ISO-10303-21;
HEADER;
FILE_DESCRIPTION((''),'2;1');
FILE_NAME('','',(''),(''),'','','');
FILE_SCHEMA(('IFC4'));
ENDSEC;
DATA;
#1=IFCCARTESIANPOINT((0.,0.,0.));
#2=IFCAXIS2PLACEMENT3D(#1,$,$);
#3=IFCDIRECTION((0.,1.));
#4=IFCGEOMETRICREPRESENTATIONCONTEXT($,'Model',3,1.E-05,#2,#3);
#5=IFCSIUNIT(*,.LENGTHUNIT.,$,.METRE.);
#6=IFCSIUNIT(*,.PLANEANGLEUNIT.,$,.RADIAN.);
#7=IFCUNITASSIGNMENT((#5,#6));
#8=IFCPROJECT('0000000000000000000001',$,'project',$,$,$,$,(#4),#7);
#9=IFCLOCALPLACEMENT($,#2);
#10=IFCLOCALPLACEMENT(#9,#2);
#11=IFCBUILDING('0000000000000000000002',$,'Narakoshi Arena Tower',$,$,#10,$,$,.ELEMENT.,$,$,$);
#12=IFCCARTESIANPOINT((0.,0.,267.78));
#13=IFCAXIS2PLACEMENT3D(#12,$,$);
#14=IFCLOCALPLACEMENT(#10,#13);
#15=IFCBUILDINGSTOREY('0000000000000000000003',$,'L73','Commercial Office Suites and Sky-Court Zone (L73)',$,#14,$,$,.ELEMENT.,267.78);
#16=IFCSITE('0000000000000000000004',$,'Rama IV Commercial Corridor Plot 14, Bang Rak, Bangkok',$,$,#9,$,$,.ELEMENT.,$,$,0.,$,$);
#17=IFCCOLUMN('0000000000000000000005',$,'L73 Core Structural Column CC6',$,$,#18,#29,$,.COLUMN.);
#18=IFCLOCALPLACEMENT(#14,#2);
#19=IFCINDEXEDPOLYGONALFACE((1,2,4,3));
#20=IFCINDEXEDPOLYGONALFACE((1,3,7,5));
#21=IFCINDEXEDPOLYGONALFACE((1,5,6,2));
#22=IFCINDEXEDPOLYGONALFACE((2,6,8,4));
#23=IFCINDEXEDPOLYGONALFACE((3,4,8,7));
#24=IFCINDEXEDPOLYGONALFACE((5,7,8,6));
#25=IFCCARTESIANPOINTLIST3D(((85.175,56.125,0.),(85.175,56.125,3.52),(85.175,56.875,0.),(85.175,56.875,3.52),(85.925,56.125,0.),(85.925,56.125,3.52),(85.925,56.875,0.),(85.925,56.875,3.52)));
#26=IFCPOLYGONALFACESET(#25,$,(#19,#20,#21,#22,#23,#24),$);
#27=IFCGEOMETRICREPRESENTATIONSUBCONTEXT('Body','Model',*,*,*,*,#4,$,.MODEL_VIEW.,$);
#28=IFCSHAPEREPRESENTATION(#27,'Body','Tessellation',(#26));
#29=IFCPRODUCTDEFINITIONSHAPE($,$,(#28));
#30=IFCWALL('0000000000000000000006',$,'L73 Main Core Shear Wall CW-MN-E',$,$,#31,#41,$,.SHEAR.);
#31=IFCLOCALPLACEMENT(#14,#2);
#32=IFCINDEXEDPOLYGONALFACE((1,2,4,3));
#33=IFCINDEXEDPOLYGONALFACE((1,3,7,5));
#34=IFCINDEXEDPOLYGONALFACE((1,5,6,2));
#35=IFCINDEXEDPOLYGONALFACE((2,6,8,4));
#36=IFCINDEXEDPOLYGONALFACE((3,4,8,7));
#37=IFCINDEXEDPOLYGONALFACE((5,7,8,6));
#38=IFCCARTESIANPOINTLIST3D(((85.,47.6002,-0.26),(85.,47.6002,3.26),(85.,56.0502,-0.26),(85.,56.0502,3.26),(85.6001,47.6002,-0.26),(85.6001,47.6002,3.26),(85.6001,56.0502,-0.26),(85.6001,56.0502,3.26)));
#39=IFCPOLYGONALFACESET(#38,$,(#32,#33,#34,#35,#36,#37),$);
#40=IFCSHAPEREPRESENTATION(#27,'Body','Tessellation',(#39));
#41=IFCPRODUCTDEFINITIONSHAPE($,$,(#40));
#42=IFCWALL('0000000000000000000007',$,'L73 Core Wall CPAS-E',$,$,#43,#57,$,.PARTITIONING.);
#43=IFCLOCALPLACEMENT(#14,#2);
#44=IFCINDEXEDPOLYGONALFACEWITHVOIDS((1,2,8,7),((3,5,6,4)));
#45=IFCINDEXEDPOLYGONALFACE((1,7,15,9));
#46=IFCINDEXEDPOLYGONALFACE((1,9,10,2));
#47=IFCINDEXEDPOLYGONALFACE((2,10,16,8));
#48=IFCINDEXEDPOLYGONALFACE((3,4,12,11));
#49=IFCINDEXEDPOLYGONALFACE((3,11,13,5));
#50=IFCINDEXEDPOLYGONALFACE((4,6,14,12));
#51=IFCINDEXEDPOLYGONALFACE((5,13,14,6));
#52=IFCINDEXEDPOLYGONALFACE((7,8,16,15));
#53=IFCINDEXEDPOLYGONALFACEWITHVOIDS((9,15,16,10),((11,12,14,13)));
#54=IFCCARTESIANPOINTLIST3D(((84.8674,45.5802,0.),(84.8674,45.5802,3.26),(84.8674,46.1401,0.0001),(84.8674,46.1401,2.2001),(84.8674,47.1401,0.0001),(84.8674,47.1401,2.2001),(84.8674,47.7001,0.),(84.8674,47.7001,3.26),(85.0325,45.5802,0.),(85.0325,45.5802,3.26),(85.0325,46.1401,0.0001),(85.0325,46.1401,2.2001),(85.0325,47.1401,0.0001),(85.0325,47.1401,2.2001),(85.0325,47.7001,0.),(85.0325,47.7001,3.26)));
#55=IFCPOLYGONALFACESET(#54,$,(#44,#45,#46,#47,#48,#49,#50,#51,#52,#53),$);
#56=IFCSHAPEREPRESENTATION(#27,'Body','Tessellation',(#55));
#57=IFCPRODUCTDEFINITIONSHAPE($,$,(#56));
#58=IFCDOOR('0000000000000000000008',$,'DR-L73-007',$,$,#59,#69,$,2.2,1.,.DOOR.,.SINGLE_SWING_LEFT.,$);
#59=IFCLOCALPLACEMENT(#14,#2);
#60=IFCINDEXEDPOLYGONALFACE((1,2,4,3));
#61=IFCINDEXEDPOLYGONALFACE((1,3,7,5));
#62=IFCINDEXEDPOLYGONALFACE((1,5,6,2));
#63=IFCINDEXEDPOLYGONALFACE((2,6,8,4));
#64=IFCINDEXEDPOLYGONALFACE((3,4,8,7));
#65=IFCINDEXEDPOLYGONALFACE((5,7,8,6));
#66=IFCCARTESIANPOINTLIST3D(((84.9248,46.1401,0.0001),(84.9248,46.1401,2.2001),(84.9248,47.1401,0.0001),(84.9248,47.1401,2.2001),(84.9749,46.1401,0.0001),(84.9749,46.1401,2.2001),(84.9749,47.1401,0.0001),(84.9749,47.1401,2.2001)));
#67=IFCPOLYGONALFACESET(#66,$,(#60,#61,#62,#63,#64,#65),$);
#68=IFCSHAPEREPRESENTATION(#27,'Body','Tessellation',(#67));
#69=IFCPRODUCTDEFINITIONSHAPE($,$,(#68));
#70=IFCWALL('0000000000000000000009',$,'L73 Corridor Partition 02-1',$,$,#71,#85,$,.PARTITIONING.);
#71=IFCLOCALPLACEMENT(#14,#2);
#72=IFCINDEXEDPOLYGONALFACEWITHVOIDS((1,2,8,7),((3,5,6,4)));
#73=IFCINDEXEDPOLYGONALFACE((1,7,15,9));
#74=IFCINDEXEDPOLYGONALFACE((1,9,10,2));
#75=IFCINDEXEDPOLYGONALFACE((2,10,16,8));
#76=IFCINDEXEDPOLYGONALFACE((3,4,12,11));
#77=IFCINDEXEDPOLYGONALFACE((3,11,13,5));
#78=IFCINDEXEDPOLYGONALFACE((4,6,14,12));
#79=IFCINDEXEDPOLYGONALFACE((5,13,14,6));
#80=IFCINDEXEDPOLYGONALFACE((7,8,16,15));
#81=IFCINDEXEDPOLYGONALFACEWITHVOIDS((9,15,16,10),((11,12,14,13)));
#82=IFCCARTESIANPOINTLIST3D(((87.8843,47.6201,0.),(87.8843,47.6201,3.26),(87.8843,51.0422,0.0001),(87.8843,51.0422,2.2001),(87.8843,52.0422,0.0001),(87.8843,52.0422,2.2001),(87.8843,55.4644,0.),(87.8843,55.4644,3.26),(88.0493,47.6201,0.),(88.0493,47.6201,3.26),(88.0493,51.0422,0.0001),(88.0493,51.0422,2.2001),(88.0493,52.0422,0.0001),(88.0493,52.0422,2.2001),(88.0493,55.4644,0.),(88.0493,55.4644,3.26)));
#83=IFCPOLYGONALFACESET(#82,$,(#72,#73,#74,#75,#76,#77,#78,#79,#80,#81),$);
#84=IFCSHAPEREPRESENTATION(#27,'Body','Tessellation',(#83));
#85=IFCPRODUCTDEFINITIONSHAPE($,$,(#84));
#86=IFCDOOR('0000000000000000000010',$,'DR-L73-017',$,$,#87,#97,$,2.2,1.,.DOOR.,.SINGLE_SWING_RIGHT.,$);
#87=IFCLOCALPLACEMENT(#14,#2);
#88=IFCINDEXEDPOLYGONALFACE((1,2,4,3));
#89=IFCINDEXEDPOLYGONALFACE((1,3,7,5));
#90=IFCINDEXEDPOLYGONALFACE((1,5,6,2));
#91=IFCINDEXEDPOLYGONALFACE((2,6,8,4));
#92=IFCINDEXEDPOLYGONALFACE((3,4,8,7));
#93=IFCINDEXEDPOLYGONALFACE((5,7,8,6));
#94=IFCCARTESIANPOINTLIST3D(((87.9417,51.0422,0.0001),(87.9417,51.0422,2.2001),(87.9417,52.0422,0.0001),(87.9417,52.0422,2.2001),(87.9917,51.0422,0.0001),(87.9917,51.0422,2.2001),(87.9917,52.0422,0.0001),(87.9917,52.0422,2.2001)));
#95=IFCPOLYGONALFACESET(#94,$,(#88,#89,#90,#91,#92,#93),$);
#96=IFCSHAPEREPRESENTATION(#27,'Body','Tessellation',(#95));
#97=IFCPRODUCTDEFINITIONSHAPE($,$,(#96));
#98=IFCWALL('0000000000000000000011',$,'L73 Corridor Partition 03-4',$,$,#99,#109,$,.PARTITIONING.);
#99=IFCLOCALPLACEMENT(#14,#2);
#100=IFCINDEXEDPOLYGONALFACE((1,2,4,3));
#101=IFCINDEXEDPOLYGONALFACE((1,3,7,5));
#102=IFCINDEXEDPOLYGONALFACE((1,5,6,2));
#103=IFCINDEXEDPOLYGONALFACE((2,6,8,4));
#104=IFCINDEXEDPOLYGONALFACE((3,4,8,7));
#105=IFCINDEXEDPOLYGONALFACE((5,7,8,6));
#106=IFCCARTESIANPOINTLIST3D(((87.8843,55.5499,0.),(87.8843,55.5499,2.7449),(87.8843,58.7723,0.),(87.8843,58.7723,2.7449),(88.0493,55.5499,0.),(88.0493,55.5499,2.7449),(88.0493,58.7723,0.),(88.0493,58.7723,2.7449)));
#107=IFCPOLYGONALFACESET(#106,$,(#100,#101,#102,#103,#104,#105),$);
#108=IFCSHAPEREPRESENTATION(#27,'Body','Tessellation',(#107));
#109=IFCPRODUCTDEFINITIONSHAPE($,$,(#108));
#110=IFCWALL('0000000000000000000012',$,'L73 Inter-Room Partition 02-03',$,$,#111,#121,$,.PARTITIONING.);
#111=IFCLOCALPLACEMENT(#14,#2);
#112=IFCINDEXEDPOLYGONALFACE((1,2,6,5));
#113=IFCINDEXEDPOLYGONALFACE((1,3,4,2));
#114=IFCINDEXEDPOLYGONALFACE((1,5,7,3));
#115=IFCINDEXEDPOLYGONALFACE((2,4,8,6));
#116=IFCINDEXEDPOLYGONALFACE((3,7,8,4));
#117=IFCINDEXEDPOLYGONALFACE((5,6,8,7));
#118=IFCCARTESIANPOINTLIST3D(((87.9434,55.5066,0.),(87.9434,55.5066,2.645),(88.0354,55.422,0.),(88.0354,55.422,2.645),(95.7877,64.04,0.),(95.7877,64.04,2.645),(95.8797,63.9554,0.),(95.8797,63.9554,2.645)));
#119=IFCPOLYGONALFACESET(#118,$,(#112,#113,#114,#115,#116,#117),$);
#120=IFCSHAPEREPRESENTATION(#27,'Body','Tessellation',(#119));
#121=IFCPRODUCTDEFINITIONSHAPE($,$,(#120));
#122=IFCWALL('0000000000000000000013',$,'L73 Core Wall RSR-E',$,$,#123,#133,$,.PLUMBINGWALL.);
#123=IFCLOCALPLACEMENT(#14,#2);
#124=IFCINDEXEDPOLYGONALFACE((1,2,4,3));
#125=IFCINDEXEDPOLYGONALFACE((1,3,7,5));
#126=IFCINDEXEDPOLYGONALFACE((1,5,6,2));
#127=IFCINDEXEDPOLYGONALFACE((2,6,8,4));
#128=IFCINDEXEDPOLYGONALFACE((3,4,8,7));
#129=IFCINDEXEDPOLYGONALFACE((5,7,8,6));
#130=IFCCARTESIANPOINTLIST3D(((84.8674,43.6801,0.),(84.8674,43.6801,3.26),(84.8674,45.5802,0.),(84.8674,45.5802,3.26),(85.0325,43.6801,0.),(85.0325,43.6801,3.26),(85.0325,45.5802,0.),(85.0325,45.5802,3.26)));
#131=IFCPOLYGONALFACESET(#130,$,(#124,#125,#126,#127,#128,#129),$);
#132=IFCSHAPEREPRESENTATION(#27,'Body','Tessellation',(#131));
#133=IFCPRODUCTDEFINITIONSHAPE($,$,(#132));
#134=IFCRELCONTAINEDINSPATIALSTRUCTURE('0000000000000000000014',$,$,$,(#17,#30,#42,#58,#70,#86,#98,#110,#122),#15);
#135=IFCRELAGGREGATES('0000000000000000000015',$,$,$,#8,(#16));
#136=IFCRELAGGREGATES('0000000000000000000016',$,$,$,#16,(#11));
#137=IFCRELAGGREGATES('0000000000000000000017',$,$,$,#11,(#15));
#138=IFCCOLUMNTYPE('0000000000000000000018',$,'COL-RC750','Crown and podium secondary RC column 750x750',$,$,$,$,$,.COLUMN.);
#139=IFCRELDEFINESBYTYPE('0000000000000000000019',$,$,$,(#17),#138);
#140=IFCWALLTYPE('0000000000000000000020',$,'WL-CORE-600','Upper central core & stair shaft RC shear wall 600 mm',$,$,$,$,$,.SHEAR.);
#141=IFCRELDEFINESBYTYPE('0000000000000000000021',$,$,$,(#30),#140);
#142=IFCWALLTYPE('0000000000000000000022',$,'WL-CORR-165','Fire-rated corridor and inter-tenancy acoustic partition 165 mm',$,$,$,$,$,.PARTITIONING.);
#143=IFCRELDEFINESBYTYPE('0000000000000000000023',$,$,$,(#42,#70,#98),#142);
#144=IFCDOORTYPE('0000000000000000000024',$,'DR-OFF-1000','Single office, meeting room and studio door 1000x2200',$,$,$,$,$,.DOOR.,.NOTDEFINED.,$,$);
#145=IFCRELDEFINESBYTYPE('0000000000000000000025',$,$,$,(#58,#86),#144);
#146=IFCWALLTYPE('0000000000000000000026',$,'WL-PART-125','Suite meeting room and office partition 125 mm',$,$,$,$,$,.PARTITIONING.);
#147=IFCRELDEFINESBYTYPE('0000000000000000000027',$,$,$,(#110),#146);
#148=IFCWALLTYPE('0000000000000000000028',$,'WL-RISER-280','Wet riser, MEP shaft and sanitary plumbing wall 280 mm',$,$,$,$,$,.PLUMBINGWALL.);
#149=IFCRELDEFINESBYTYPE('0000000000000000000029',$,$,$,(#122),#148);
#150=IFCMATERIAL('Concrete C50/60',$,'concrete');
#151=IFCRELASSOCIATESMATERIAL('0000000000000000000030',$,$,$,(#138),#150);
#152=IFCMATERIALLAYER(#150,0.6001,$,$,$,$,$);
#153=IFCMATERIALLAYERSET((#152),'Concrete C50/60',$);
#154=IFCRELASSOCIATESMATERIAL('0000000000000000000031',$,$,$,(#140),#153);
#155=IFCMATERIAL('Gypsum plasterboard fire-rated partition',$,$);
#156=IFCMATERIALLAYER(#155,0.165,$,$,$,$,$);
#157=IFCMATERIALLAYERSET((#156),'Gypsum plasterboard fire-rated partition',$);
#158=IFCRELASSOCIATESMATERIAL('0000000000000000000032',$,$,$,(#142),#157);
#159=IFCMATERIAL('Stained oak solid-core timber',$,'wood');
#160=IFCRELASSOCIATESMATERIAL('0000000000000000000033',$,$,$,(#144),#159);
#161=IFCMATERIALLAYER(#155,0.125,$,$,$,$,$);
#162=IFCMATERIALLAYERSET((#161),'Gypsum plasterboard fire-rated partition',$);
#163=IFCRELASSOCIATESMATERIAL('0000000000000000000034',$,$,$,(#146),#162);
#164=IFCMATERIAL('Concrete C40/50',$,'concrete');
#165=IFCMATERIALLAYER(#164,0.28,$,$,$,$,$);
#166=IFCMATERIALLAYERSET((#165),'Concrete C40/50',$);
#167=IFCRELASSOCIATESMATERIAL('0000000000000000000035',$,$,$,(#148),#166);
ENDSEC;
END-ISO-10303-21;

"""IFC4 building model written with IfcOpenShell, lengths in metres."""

from ifc_helpers import new_model, si_unit, direction, frame, frame_2d, origin, origin_2d, place, context, subcontext, project, spatial, rectangle, extrude, material, layer, layer_set, material_profile, profile_set, type_object, element, fill, save


model = new_model("IFC4")

# Units and contexts
model_context = context("Model", 3, precision=1e-05, world=origin(), true_north=direction((0.0, 1.0)))
body_context = subcontext(model_context, "Body", "Model", "MODEL_VIEW")
ifc_project = project(units=[si_unit("LENGTHUNIT", "METRE"), si_unit("PLANEANGLEUNIT", "RADIAN")], contexts=[model_context])

# Site, building, storey
site_placement = place(None, origin())
site = spatial("IfcSite", under=ifc_project, at=site_placement, Name="Rama IV Commercial Corridor Plot 14, Bang Rak, Bangkok", CompositionType="ELEMENT", RefElevation=0.0)
building_placement = place(site_placement, origin())
building = spatial("IfcBuilding", under=site, at=building_placement, Name="Narakoshi Arena Tower", CompositionType="ELEMENT")
storey_placement = place(building_placement, frame((0.0, 0.0, 267.78)))
storey = spatial("IfcBuildingStorey", under=building, at=storey_placement, Name="L73", Description="Commercial Office Suites and Sky-Court Zone (L73)", CompositionType="ELEMENT", Elevation=267.78)

# Column
ifc_material_1 = material(Name="Concrete C50/60", Category="concrete")
ifc_material_profile = material_profile(ifc_material_1, rectangle(XDim=0.75, YDim=0.75, at=origin_2d()), Name="RC750x750")
ifc_profile_set = profile_set([ifc_material_profile], Name="Concrete C50/60")
column_type = type_object("IfcColumnType", Name="COL-RC750", Description="Crown and podium secondary RC column 750x750", PredefinedType="COLUMN", material=ifc_profile_set)
column_placement = place(storey_placement, frame((85.55, 56.5, 0.0), z_axis=(0.0, 0.0, 1.0), x_axis=(1.0, 0.0, 0.0)))
element("IfcColumn", 1, at=column_placement, inside=storey, type_object=column_type, Name="L73 Core Structural Column CC6", PredefinedType="COLUMN", context=body_context, shape_type="SweptSolid", body=[
    extrude(rectangle(XDim=0.75, YDim=0.75, at=origin_2d()), origin(), (0.0, 0.0, 1.0), 3.52),
])

# Wall
ifc_layer_1 = layer(ifc_material_1, 0.6001)
ifc_layer_set_1 = layer_set([ifc_layer_1], Name="Concrete C50/60")
wall_type_1 = type_object("IfcWallType", Name="WL-CORE-600", Description="Upper central core & stair shaft RC shear wall 600 mm", PredefinedType="SHEAR", material=ifc_layer_set_1)
wall_1_placement = place(storey_placement, frame((85.3, 47.6001, -0.26), z_axis=(0.0, 0.0, 1.0), x_axis=(0.0, 1.0, 0.0)))
element("IfcWall", 2, at=wall_1_placement, inside=storey, type_object=wall_type_1, Name="L73 Main Core Shear Wall CW-MN-E", PredefinedType="SHEAR", context=body_context, shape_type="SweptSolid", body=[
    extrude(rectangle(XDim=8.45, YDim=0.6001, at=frame_2d((4.2251, 0.0))), origin(), (0.0, 0.0, 1.0), 3.52),
])

# Walls, openings, doors
ifc_material_2 = material(Name="Gypsum plasterboard fire-rated partition")
ifc_layer_2 = layer(ifc_material_2, 0.165)
ifc_layer_set_2 = layer_set([ifc_layer_2], Name="Gypsum plasterboard fire-rated partition")
wall_type_2 = type_object("IfcWallType", Name="WL-CORR-165", Description="Fire-rated corridor and inter-tenancy acoustic partition 165 mm", PredefinedType="PARTITIONING", material=ifc_layer_set_2)
wall_2_placement = place(storey_placement, frame((84.95, 45.5801, 0.0), z_axis=(0.0, 0.0, 1.0), x_axis=(0.0, 1.0, 0.0)))
wall_2 = element("IfcWall", 3, at=wall_2_placement, inside=storey, type_object=wall_type_2, Name="L73 Core Wall CPAS-E", PredefinedType="PARTITIONING", context=body_context, shape_type="SweptSolid", body=[
    extrude(rectangle(XDim=2.1199, YDim=0.165, at=frame_2d((1.0601, 0.0))), origin(), (0.0, 0.0, 1.0), 3.26),
])
opening_1_placement = place(wall_2_placement, frame((0.5601, 0.0, 0.0)))
opening_1 = element("IfcOpeningElement", 4, at=opening_1_placement, cuts=wall_2, PredefinedType="OPENING", context=body_context, shape_type="SweptSolid", body=[
    extrude(rectangle(XDim=1.0, YDim=2.2, at=frame_2d((0.5, 1.1001))), frame((0.0, 0.0925, 0.0), z_axis=(0.0, -1.0, 0.0), x_axis=(1.0, 0.0, 0.0)), (0.0, 0.0, 1.0), 0.1851),
])
ifc_material_3 = material(Name="Stained oak solid-core timber", Category="wood")
door_type_1 = type_object("IfcDoorType", Name="DR-OFF-1000", Description="Single office, meeting room and studio door 1000x2200", OperationType="NOTDEFINED", PredefinedType="DOOR", material=ifc_material_3)
door_1_placement = place(opening_1_placement, frame((1.0, 0.0, 0.0), z_axis=(0.0, 0.0, 1.0), x_axis=(-1.0, 0.0, 0.0)))
door_1 = element("IfcDoor", 5, at=door_1_placement, inside=storey, type_object=door_type_1, Name="DR-L73-007", OperationType="SINGLE_SWING_LEFT", OverallHeight=2.2, OverallWidth=1.0, PredefinedType="DOOR", context=body_context, shape_type="SweptSolid", body=[
    extrude(rectangle(XDim=1.0, YDim=2.2, at=frame_2d((0.5, 1.1001))), frame((0.0, 0.0249, 0.0), z_axis=(0.0, -1.0, 0.0), x_axis=(1.0, 0.0, 0.0)), (0.0, 0.0, 1.0), 0.05),
])
fill(opening_1, door_1)
wall_3_placement = place(storey_placement, frame((87.9668, 47.6201, 0.0), z_axis=(0.0, 0.0, 1.0), x_axis=(0.0, 1.0, 0.0)))
wall_3 = element("IfcWall", 6, at=wall_3_placement, inside=storey, type_object=wall_type_2, Name="L73 Corridor Partition 02-1", PredefinedType="PARTITIONING", context=body_context, shape_type="SweptSolid", body=[
    extrude(rectangle(XDim=7.8442, YDim=0.165, at=frame_2d((3.9221, 0.0))), origin(), (0.0, 0.0, 1.0), 3.26),
])
opening_2_placement = place(wall_3_placement, frame((3.4221, 0.0, 0.0)))
opening_2 = element("IfcOpeningElement", 7, at=opening_2_placement, cuts=wall_3, PredefinedType="OPENING", context=body_context, shape_type="SweptSolid", body=[
    extrude(rectangle(XDim=1.0, YDim=2.2, at=frame_2d((0.5, 1.1001))), frame((0.0, 0.0925, 0.0), z_axis=(0.0, -1.0, 0.0), x_axis=(1.0, 0.0, 0.0)), (0.0, 0.0, 1.0), 0.1851),
])
door_2_placement = place(opening_2_placement, frame((1.0, 0.0, 0.0), z_axis=(0.0, 0.0, 1.0), x_axis=(-1.0, 0.0, 0.0)))
door_2 = element("IfcDoor", 8, at=door_2_placement, inside=storey, type_object=door_type_1, Name="DR-L73-017", OperationType="SINGLE_SWING_RIGHT", OverallHeight=2.2, OverallWidth=1.0, PredefinedType="DOOR", context=body_context, shape_type="SweptSolid", body=[
    extrude(rectangle(XDim=1.0, YDim=2.2, at=frame_2d((0.5, 1.1001))), frame((0.0, 0.0249, 0.0), z_axis=(0.0, -1.0, 0.0), x_axis=(1.0, 0.0, 0.0)), (0.0, 0.0, 1.0), 0.05),
])
fill(opening_2, door_2)

# Walls
wall_4_placement = place(storey_placement, frame((87.9668, 55.5498, 0.0), z_axis=(0.0, 0.0, 1.0), x_axis=(0.0, 1.0, 0.0)))
element("IfcWall", 9, at=wall_4_placement, inside=storey, type_object=wall_type_2, Name="L73 Corridor Partition 03-4", PredefinedType="PARTITIONING", context=body_context, shape_type="SweptSolid", body=[
    extrude(rectangle(XDim=3.2224, YDim=0.165, at=frame_2d((1.6113, 0.0))), origin(), (0.0, 0.0, 1.0), 2.7449),
])
ifc_layer_3 = layer(ifc_material_2, 0.125)
ifc_layer_set_3 = layer_set([ifc_layer_3], Name="Gypsum plasterboard fire-rated partition")
wall_type_3 = type_object("IfcWallType", Name="WL-PART-125", Description="Suite meeting room and office partition 125 mm", PredefinedType="PARTITIONING", material=ifc_layer_set_3)
wall_5_placement = place(storey_placement, frame((87.9895, 55.4644, 0.0), z_axis=(0.0, 0.0, 1.0), x_axis=(0.676751, 0.736212, 0.0)))
element("IfcWall", 10, at=wall_5_placement, inside=storey, type_object=wall_type_3, Name="L73 Inter-Room Partition 02-03", PredefinedType="PARTITIONING", context=body_context, shape_type="SweptSolid", body=[
    extrude(rectangle(XDim=11.5911, YDim=0.125, at=frame_2d((5.7954, 0.0))), origin(), (0.0, 0.0, 1.0), 2.645),
])
ifc_material_4 = material(Name="Concrete C40/50", Category="concrete")
ifc_layer_4 = layer(ifc_material_4, 0.28)
ifc_layer_set_4 = layer_set([ifc_layer_4], Name="Concrete C40/50")
wall_type_4 = type_object("IfcWallType", Name="WL-RISER-280", Description="Wet riser, MEP shaft and sanitary plumbing wall 280 mm", PredefinedType="PLUMBINGWALL", material=ifc_layer_set_4)
wall_6_placement = place(storey_placement, frame((84.95, 43.6799, 0.0), z_axis=(0.0, 0.0, 1.0), x_axis=(0.0, 1.0, 0.0)))
element("IfcWall", 11, at=wall_6_placement, inside=storey, type_object=wall_type_4, Name="L73 Core Wall RSR-E", PredefinedType="PLUMBINGWALL", context=body_context, shape_type="SweptSolid", body=[
    extrude(rectangle(XDim=1.9001, YDim=0.165, at=frame_2d((0.9502, 0.0))), origin(), (0.0, 0.0, 1.0), 3.26),
])

save(model, "model.ifc")
